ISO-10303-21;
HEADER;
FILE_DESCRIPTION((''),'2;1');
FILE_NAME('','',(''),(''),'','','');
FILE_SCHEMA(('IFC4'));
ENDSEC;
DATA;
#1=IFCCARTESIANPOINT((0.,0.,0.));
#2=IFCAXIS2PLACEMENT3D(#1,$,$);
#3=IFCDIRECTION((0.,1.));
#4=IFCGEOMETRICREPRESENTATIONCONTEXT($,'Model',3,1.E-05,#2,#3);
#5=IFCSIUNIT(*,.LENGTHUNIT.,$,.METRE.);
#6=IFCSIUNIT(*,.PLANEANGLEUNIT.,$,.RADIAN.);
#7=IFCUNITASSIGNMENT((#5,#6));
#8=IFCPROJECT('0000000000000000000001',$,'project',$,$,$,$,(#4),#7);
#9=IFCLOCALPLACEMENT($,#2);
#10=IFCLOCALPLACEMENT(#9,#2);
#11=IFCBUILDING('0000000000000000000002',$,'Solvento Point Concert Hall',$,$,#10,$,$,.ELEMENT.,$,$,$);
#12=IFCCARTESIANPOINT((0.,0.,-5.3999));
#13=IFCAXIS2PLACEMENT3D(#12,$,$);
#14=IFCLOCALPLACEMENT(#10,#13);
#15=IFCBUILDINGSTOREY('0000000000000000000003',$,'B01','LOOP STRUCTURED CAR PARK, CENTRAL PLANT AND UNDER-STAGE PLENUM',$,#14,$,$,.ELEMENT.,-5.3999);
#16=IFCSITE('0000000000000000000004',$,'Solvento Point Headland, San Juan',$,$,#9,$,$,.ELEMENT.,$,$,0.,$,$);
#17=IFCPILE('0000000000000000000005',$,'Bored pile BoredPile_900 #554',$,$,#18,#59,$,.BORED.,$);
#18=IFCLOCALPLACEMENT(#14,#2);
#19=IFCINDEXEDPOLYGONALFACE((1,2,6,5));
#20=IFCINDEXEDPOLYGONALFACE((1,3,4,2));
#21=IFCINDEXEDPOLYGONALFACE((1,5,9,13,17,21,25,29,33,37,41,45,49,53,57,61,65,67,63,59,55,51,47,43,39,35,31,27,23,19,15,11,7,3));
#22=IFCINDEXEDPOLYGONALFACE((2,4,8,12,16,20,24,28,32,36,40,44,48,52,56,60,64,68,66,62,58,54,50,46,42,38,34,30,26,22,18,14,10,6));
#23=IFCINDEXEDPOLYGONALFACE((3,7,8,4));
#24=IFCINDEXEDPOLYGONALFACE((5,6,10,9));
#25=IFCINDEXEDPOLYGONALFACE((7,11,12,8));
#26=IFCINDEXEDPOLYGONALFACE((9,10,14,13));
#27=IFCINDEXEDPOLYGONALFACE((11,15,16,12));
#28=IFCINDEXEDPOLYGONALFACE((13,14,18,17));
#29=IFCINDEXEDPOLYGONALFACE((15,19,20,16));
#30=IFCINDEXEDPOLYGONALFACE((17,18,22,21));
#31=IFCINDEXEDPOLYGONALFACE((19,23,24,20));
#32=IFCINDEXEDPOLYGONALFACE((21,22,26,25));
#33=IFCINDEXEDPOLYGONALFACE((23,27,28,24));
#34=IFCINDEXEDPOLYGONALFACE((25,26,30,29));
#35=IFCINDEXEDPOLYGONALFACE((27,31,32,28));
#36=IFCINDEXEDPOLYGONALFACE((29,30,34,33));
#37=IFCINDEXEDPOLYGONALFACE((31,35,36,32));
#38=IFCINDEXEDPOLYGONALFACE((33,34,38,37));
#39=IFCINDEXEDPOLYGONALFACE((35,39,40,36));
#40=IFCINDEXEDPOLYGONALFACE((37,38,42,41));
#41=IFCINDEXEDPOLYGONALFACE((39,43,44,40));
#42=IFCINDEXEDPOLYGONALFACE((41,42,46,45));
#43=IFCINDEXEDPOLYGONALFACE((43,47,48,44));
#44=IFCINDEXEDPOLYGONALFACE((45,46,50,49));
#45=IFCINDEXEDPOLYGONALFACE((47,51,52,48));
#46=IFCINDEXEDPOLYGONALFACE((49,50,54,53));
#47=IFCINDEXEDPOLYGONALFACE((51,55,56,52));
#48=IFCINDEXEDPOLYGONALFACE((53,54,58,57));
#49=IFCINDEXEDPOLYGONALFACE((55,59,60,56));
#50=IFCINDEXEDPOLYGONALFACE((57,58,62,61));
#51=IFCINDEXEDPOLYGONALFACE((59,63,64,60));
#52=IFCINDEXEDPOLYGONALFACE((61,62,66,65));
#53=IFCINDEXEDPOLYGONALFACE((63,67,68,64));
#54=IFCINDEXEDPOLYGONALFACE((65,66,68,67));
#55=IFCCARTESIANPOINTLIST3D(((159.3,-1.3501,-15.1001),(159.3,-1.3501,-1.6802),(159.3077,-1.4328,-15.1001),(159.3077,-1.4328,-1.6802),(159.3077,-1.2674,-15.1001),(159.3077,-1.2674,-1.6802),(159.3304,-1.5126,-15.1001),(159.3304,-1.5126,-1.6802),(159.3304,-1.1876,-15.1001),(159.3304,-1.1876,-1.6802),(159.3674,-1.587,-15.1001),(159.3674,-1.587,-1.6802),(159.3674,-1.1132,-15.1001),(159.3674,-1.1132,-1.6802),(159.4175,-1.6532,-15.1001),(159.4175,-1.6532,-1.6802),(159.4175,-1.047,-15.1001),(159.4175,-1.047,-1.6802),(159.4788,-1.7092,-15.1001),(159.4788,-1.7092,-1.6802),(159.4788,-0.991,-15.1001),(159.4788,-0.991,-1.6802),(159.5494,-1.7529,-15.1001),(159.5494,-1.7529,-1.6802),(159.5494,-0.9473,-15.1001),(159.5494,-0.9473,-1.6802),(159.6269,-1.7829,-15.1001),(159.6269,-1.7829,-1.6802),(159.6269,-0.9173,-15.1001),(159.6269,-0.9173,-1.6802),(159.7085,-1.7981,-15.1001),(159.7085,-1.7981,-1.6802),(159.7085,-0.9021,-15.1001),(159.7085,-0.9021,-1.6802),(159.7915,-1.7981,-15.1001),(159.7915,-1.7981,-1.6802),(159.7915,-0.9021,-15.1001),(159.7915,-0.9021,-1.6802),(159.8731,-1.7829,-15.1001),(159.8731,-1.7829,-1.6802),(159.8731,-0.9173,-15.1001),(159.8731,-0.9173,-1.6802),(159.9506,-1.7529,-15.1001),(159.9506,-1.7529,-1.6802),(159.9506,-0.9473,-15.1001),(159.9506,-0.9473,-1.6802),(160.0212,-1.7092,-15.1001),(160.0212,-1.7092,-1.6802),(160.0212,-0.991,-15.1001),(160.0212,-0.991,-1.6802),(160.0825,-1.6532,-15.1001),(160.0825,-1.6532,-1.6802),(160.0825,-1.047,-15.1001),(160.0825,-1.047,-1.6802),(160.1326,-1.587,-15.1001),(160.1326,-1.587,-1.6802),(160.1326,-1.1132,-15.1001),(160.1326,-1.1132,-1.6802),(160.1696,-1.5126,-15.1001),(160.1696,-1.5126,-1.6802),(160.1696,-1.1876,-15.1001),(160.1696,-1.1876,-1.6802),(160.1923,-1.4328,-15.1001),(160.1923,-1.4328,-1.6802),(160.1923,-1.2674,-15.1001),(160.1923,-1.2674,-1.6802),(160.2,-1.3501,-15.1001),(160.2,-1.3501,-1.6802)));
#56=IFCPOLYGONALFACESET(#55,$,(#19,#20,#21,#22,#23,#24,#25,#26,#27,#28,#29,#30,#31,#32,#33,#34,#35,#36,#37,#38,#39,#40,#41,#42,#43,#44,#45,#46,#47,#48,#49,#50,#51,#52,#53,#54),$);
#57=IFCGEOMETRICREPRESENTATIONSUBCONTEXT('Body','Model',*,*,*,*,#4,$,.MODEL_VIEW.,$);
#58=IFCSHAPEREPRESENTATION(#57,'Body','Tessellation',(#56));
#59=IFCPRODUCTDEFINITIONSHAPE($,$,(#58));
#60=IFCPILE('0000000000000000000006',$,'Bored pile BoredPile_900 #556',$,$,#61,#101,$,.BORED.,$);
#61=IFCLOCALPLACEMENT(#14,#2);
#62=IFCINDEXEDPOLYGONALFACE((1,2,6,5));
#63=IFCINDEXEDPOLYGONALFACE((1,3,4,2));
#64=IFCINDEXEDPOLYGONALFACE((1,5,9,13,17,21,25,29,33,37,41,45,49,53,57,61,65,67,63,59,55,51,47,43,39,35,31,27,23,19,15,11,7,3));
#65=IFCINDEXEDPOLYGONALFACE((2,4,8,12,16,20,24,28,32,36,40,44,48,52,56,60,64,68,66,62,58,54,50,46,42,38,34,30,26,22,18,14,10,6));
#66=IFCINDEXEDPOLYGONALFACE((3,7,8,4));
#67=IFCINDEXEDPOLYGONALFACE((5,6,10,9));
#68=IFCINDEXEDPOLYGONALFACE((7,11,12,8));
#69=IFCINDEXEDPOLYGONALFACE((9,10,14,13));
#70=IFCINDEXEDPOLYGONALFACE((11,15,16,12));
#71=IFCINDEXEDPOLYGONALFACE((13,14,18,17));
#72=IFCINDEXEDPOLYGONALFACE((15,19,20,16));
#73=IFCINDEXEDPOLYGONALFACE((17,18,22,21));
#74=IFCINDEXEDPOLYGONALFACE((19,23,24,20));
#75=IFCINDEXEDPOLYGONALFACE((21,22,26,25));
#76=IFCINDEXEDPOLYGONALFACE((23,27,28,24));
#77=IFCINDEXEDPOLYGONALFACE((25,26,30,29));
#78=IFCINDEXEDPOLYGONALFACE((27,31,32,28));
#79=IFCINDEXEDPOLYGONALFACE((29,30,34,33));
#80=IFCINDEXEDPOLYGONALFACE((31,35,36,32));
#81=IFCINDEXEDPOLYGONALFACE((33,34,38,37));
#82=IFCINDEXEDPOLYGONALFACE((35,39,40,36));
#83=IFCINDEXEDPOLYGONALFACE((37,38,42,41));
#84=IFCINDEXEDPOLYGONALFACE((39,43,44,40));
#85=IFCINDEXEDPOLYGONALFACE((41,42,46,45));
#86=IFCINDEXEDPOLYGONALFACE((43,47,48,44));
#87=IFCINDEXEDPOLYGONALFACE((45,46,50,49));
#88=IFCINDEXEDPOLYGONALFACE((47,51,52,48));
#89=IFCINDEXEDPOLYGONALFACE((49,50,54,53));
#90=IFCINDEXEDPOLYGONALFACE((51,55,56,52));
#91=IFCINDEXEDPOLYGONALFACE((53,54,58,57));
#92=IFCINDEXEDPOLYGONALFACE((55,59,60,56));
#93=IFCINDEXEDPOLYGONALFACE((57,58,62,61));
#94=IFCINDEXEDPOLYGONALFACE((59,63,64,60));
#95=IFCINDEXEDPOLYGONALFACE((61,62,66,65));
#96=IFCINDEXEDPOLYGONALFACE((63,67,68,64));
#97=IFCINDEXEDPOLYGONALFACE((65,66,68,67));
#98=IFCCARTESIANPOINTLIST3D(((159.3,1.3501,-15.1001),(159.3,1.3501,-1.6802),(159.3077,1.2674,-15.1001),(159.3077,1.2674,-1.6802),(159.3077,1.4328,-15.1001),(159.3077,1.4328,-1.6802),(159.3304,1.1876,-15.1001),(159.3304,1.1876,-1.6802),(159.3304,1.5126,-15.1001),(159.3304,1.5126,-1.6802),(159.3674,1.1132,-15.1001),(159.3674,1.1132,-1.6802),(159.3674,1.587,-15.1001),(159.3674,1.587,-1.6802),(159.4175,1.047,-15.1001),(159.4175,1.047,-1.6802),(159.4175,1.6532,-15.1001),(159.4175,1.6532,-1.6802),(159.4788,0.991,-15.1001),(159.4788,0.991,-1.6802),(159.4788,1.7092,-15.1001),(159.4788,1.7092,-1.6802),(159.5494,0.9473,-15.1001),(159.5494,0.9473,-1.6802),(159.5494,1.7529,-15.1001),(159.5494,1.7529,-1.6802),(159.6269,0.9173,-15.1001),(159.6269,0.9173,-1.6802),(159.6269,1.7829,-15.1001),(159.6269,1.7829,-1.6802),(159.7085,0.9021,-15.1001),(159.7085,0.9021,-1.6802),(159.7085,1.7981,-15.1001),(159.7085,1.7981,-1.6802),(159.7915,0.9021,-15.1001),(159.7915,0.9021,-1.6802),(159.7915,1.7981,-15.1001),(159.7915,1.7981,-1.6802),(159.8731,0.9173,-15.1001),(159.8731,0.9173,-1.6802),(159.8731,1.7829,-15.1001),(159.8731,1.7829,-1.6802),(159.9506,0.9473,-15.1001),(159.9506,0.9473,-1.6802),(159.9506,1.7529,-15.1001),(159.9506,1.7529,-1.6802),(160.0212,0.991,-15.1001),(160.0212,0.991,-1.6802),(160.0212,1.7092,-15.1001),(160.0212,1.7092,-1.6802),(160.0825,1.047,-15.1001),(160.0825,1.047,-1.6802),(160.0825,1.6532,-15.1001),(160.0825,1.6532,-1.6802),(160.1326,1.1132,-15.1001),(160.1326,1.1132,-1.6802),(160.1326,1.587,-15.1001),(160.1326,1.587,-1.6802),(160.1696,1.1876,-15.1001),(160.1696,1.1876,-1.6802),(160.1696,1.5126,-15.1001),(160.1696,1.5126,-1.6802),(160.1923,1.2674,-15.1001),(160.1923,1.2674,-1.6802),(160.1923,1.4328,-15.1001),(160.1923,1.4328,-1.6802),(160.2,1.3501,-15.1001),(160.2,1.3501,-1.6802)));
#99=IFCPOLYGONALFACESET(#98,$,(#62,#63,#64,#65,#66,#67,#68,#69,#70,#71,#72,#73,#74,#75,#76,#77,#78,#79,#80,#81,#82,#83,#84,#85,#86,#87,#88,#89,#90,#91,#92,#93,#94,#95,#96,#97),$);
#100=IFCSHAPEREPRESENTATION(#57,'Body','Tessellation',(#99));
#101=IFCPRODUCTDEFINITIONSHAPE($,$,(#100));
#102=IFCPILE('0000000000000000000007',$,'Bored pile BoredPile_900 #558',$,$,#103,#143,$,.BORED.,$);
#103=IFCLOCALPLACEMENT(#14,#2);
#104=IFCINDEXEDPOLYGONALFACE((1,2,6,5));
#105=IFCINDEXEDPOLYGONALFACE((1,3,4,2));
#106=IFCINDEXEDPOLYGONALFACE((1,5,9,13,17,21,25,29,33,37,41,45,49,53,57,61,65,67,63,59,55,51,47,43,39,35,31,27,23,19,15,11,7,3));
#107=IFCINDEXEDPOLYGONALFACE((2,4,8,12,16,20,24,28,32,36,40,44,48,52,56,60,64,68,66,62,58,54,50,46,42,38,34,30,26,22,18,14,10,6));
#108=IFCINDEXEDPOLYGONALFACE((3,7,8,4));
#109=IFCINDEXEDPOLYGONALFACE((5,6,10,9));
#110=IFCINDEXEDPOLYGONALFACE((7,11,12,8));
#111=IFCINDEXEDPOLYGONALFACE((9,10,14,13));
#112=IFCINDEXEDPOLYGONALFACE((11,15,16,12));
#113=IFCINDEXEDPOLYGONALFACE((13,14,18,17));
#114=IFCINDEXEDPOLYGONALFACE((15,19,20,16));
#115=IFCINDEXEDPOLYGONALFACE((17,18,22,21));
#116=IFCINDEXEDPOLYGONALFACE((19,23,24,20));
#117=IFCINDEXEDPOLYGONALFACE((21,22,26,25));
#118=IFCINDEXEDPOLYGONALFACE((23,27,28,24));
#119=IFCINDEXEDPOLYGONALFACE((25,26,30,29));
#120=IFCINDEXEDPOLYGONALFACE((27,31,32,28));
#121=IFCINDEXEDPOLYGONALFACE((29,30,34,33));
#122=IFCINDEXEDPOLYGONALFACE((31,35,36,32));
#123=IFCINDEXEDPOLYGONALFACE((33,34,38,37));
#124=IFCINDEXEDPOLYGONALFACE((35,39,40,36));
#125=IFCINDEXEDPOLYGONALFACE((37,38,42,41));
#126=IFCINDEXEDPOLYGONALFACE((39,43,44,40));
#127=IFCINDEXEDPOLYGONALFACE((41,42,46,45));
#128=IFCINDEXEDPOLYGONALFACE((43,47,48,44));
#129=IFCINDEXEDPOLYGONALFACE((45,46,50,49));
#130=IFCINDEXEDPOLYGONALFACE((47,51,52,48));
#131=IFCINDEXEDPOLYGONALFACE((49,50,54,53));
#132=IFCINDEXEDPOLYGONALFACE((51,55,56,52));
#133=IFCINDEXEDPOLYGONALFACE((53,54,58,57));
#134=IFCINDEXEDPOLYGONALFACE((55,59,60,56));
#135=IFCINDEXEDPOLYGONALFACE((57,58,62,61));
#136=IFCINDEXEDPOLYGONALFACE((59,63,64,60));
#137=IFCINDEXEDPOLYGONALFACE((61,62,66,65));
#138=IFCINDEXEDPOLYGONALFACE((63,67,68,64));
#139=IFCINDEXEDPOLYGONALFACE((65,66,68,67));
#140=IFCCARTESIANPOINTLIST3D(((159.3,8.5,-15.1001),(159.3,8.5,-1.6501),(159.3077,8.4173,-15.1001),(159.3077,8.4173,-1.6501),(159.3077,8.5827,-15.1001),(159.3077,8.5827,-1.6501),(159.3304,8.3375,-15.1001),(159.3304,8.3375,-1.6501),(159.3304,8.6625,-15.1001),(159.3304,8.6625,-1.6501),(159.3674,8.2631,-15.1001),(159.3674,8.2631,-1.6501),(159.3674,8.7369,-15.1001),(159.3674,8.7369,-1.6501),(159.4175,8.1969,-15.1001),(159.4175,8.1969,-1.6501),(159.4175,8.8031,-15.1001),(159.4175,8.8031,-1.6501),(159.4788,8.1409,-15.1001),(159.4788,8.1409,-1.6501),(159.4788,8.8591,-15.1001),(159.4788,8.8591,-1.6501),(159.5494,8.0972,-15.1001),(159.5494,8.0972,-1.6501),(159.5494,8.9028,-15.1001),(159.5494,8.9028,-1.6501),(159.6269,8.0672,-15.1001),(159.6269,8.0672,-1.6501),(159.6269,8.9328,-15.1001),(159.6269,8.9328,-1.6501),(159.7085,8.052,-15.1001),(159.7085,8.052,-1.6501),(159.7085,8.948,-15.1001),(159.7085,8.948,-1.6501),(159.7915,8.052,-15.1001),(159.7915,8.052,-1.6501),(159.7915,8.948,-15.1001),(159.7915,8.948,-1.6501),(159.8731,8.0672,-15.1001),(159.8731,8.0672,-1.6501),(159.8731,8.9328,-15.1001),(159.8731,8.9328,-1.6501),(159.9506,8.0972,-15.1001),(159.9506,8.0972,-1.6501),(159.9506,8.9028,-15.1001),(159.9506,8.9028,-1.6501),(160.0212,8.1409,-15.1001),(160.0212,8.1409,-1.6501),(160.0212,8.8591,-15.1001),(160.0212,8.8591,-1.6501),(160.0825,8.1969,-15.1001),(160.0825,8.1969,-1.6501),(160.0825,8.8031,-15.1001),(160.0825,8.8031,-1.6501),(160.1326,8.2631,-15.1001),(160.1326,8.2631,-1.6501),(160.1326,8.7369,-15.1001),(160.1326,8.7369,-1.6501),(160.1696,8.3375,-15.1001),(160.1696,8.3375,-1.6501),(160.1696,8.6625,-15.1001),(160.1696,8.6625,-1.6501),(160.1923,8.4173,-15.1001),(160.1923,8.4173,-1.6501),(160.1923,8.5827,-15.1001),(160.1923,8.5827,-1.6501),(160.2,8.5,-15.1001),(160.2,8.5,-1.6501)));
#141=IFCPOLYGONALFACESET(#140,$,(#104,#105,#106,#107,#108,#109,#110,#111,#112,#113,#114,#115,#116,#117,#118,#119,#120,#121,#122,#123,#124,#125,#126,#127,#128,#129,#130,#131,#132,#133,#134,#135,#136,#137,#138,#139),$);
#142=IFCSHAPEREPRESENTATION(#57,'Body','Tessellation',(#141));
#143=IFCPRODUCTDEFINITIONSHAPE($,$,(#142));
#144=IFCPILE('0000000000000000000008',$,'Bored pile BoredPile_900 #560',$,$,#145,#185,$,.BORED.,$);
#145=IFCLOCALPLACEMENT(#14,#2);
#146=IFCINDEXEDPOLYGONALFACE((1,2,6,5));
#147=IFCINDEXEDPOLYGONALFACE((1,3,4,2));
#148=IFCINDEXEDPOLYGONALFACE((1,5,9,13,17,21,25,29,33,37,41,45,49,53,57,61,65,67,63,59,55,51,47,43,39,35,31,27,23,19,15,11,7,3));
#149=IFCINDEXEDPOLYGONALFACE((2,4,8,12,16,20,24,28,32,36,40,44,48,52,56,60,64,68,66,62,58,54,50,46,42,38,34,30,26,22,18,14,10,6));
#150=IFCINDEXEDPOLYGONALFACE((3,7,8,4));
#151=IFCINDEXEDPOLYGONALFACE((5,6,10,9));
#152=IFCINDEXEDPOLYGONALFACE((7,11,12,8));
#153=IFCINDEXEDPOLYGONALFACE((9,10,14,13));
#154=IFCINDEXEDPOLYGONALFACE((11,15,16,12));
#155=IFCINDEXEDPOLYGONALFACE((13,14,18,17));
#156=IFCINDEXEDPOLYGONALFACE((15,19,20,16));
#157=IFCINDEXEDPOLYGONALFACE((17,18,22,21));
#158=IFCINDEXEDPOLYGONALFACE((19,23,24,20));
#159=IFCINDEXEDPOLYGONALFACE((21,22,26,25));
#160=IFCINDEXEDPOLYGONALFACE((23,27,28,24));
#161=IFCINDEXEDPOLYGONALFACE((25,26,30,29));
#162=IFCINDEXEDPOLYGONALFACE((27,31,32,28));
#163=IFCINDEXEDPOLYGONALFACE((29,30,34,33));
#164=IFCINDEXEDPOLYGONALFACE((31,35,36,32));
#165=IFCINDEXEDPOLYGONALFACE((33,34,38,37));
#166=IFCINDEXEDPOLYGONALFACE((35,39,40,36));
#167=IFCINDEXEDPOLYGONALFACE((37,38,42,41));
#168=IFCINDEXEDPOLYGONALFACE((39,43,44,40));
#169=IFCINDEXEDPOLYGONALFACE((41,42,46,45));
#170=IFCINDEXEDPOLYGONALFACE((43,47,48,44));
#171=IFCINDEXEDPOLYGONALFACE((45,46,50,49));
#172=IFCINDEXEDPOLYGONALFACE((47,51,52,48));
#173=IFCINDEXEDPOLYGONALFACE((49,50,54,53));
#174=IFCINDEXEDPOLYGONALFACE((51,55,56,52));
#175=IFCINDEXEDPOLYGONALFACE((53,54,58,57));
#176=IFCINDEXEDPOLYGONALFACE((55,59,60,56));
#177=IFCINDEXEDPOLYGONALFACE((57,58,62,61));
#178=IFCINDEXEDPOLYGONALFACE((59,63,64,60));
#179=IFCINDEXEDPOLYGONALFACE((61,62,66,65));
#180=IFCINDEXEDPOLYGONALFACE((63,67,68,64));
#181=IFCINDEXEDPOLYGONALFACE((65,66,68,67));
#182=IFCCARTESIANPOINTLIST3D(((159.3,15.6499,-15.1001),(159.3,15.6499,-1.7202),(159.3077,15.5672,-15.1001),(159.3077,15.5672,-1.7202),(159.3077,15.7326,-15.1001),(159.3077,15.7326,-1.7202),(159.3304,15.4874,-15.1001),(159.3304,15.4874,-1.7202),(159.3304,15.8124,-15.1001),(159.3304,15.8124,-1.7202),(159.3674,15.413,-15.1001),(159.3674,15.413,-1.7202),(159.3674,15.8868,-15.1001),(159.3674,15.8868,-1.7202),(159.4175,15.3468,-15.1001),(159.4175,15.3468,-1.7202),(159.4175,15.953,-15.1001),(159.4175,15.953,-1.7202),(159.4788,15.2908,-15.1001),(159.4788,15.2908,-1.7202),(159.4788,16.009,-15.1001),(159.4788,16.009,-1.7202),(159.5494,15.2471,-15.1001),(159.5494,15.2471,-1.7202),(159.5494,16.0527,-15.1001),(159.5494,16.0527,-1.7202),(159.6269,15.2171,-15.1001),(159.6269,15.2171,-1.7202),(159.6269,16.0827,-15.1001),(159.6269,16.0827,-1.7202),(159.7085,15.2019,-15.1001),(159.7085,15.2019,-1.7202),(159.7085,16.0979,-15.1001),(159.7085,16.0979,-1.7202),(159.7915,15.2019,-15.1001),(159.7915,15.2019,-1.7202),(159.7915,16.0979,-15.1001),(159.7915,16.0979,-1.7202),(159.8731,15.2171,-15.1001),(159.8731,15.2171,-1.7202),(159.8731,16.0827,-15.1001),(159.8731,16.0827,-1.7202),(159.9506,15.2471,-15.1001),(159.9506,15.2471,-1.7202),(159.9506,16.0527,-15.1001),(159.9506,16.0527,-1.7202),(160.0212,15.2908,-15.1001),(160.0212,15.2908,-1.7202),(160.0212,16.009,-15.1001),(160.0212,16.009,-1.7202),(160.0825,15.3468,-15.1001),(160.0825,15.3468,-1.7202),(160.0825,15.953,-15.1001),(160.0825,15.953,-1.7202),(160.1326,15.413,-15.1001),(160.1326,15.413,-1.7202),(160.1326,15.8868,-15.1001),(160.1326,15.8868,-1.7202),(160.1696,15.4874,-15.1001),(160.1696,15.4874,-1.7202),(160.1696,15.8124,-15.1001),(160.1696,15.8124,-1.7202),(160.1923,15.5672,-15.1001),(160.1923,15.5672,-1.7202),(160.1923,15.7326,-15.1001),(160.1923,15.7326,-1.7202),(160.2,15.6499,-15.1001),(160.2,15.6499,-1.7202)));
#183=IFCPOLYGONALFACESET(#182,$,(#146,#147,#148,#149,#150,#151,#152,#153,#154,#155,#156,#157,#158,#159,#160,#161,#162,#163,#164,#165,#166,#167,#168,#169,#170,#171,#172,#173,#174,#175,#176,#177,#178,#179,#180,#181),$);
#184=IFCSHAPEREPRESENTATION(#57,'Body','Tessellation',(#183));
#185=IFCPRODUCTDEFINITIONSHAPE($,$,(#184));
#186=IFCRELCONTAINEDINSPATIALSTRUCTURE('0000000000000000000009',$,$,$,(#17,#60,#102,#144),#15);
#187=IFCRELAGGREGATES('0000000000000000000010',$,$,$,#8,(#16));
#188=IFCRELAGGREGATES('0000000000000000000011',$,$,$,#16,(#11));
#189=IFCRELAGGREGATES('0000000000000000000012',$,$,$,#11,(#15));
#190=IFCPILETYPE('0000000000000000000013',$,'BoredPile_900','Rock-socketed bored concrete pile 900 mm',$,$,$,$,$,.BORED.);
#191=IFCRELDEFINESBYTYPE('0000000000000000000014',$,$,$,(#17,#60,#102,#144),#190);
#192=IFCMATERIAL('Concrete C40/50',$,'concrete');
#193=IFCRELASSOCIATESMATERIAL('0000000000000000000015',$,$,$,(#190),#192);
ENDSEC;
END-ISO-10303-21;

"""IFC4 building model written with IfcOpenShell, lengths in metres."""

from ifc_helpers import new_model, si_unit, direction, frame, origin, origin_2d, place, context, subcontext, project, spatial, circle, extrude, material, material_profile, profile_set, type_object, element, save


model = new_model("IFC4")

# Units and contexts
model_context = context("Model", 3, precision=1e-05, world=origin(), true_north=direction((0.0, 1.0)))
body_context = subcontext(model_context, "Body", "Model", "MODEL_VIEW")
ifc_project = project(units=[si_unit("LENGTHUNIT", "METRE"), si_unit("PLANEANGLEUNIT", "RADIAN")], contexts=[model_context])

# Site, building, storey
site_placement = place(None, origin())
site = spatial("IfcSite", under=ifc_project, at=site_placement, Name="Solvento Point Headland, San Juan", CompositionType="ELEMENT", RefElevation=0.0)
building_placement = place(site_placement, origin())
building = spatial("IfcBuilding", under=site, at=building_placement, Name="Solvento Point Concert Hall", CompositionType="ELEMENT")
storey_placement = place(building_placement, frame((0.0, 0.0, -5.3999)))
storey = spatial("IfcBuildingStorey", under=building, at=storey_placement, Name="B01", Description="LOOP STRUCTURED CAR PARK, CENTRAL PLANT AND UNDER-STAGE PLENUM", CompositionType="ELEMENT", Elevation=-5.3999)

# Piles
ifc_material_1 = material(Name="Concrete C40/50", Category="concrete")
ifc_material_profile_1 = material_profile(ifc_material_1, circle(Radius=0.45, at=origin_2d()), Name="BP-900")
ifc_profile_set_1 = profile_set([ifc_material_profile_1], Name="Concrete C40/50")
pile_type_1 = type_object("IfcPileType", Name="BoredPile_900", Description="Rock-socketed bored concrete pile 900 mm", PredefinedType="BORED", material=ifc_profile_set_1)
for number, where, z_axis, x_axis, name in (
    (1, (159.75, -1.3501, -1.6802), (0.0, 0.0, -1.0), (1.0, 0.0, 0.0), "Bored pile BoredPile_900 #554"),
    (2, (159.75, 1.3501, -1.6802), (0.0, 0.0, -1.0), (1.0, 0.0, 0.0), "Bored pile BoredPile_900 #556"),
):
    element("IfcPile", number, at=place(storey_placement, frame(where, z_axis=z_axis, x_axis=x_axis)), inside=storey, type_object=pile_type_1, Name=name, PredefinedType="BORED", context=body_context, shape_type="SweptSolid", body=[
        extrude(circle(Radius=0.45, at=origin_2d()), origin(), (0.0, 0.0, 1.0), 13.4199),
    ])
pile_placement = place(storey_placement, frame((159.75, 8.5, -1.6501), z_axis=(0.0, 0.0, -1.0), x_axis=(1.0, 0.0, 0.0)))
element("IfcPile", 3, at=pile_placement, inside=storey, type_object=pile_type_1, Name="Bored pile BoredPile_900 #558", PredefinedType="BORED", context=body_context, shape_type="SweptSolid", body=[
    extrude(circle(Radius=0.45, at=origin_2d()), origin(), (0.0, 0.0, 1.0), 13.45),
])
for number, where, z_axis, x_axis, name in (
    (4, (159.75, 15.6499, -1.7202), (0.0, 0.0, -1.0), (1.0, 0.0, 0.0), "Bored pile BoredPile_900 #560"),
):
    element("IfcPile", number, at=place(storey_placement, frame(where, z_axis=z_axis, x_axis=x_axis)), inside=storey, type_object=pile_type_1, Name=name, PredefinedType="BORED", context=body_context, shape_type="SweptSolid", body=[
        extrude(circle(Radius=0.45, at=origin_2d()), origin(), (0.0, 0.0, 1.0), 13.3799),
    ])

save(model, "model.ifc")
